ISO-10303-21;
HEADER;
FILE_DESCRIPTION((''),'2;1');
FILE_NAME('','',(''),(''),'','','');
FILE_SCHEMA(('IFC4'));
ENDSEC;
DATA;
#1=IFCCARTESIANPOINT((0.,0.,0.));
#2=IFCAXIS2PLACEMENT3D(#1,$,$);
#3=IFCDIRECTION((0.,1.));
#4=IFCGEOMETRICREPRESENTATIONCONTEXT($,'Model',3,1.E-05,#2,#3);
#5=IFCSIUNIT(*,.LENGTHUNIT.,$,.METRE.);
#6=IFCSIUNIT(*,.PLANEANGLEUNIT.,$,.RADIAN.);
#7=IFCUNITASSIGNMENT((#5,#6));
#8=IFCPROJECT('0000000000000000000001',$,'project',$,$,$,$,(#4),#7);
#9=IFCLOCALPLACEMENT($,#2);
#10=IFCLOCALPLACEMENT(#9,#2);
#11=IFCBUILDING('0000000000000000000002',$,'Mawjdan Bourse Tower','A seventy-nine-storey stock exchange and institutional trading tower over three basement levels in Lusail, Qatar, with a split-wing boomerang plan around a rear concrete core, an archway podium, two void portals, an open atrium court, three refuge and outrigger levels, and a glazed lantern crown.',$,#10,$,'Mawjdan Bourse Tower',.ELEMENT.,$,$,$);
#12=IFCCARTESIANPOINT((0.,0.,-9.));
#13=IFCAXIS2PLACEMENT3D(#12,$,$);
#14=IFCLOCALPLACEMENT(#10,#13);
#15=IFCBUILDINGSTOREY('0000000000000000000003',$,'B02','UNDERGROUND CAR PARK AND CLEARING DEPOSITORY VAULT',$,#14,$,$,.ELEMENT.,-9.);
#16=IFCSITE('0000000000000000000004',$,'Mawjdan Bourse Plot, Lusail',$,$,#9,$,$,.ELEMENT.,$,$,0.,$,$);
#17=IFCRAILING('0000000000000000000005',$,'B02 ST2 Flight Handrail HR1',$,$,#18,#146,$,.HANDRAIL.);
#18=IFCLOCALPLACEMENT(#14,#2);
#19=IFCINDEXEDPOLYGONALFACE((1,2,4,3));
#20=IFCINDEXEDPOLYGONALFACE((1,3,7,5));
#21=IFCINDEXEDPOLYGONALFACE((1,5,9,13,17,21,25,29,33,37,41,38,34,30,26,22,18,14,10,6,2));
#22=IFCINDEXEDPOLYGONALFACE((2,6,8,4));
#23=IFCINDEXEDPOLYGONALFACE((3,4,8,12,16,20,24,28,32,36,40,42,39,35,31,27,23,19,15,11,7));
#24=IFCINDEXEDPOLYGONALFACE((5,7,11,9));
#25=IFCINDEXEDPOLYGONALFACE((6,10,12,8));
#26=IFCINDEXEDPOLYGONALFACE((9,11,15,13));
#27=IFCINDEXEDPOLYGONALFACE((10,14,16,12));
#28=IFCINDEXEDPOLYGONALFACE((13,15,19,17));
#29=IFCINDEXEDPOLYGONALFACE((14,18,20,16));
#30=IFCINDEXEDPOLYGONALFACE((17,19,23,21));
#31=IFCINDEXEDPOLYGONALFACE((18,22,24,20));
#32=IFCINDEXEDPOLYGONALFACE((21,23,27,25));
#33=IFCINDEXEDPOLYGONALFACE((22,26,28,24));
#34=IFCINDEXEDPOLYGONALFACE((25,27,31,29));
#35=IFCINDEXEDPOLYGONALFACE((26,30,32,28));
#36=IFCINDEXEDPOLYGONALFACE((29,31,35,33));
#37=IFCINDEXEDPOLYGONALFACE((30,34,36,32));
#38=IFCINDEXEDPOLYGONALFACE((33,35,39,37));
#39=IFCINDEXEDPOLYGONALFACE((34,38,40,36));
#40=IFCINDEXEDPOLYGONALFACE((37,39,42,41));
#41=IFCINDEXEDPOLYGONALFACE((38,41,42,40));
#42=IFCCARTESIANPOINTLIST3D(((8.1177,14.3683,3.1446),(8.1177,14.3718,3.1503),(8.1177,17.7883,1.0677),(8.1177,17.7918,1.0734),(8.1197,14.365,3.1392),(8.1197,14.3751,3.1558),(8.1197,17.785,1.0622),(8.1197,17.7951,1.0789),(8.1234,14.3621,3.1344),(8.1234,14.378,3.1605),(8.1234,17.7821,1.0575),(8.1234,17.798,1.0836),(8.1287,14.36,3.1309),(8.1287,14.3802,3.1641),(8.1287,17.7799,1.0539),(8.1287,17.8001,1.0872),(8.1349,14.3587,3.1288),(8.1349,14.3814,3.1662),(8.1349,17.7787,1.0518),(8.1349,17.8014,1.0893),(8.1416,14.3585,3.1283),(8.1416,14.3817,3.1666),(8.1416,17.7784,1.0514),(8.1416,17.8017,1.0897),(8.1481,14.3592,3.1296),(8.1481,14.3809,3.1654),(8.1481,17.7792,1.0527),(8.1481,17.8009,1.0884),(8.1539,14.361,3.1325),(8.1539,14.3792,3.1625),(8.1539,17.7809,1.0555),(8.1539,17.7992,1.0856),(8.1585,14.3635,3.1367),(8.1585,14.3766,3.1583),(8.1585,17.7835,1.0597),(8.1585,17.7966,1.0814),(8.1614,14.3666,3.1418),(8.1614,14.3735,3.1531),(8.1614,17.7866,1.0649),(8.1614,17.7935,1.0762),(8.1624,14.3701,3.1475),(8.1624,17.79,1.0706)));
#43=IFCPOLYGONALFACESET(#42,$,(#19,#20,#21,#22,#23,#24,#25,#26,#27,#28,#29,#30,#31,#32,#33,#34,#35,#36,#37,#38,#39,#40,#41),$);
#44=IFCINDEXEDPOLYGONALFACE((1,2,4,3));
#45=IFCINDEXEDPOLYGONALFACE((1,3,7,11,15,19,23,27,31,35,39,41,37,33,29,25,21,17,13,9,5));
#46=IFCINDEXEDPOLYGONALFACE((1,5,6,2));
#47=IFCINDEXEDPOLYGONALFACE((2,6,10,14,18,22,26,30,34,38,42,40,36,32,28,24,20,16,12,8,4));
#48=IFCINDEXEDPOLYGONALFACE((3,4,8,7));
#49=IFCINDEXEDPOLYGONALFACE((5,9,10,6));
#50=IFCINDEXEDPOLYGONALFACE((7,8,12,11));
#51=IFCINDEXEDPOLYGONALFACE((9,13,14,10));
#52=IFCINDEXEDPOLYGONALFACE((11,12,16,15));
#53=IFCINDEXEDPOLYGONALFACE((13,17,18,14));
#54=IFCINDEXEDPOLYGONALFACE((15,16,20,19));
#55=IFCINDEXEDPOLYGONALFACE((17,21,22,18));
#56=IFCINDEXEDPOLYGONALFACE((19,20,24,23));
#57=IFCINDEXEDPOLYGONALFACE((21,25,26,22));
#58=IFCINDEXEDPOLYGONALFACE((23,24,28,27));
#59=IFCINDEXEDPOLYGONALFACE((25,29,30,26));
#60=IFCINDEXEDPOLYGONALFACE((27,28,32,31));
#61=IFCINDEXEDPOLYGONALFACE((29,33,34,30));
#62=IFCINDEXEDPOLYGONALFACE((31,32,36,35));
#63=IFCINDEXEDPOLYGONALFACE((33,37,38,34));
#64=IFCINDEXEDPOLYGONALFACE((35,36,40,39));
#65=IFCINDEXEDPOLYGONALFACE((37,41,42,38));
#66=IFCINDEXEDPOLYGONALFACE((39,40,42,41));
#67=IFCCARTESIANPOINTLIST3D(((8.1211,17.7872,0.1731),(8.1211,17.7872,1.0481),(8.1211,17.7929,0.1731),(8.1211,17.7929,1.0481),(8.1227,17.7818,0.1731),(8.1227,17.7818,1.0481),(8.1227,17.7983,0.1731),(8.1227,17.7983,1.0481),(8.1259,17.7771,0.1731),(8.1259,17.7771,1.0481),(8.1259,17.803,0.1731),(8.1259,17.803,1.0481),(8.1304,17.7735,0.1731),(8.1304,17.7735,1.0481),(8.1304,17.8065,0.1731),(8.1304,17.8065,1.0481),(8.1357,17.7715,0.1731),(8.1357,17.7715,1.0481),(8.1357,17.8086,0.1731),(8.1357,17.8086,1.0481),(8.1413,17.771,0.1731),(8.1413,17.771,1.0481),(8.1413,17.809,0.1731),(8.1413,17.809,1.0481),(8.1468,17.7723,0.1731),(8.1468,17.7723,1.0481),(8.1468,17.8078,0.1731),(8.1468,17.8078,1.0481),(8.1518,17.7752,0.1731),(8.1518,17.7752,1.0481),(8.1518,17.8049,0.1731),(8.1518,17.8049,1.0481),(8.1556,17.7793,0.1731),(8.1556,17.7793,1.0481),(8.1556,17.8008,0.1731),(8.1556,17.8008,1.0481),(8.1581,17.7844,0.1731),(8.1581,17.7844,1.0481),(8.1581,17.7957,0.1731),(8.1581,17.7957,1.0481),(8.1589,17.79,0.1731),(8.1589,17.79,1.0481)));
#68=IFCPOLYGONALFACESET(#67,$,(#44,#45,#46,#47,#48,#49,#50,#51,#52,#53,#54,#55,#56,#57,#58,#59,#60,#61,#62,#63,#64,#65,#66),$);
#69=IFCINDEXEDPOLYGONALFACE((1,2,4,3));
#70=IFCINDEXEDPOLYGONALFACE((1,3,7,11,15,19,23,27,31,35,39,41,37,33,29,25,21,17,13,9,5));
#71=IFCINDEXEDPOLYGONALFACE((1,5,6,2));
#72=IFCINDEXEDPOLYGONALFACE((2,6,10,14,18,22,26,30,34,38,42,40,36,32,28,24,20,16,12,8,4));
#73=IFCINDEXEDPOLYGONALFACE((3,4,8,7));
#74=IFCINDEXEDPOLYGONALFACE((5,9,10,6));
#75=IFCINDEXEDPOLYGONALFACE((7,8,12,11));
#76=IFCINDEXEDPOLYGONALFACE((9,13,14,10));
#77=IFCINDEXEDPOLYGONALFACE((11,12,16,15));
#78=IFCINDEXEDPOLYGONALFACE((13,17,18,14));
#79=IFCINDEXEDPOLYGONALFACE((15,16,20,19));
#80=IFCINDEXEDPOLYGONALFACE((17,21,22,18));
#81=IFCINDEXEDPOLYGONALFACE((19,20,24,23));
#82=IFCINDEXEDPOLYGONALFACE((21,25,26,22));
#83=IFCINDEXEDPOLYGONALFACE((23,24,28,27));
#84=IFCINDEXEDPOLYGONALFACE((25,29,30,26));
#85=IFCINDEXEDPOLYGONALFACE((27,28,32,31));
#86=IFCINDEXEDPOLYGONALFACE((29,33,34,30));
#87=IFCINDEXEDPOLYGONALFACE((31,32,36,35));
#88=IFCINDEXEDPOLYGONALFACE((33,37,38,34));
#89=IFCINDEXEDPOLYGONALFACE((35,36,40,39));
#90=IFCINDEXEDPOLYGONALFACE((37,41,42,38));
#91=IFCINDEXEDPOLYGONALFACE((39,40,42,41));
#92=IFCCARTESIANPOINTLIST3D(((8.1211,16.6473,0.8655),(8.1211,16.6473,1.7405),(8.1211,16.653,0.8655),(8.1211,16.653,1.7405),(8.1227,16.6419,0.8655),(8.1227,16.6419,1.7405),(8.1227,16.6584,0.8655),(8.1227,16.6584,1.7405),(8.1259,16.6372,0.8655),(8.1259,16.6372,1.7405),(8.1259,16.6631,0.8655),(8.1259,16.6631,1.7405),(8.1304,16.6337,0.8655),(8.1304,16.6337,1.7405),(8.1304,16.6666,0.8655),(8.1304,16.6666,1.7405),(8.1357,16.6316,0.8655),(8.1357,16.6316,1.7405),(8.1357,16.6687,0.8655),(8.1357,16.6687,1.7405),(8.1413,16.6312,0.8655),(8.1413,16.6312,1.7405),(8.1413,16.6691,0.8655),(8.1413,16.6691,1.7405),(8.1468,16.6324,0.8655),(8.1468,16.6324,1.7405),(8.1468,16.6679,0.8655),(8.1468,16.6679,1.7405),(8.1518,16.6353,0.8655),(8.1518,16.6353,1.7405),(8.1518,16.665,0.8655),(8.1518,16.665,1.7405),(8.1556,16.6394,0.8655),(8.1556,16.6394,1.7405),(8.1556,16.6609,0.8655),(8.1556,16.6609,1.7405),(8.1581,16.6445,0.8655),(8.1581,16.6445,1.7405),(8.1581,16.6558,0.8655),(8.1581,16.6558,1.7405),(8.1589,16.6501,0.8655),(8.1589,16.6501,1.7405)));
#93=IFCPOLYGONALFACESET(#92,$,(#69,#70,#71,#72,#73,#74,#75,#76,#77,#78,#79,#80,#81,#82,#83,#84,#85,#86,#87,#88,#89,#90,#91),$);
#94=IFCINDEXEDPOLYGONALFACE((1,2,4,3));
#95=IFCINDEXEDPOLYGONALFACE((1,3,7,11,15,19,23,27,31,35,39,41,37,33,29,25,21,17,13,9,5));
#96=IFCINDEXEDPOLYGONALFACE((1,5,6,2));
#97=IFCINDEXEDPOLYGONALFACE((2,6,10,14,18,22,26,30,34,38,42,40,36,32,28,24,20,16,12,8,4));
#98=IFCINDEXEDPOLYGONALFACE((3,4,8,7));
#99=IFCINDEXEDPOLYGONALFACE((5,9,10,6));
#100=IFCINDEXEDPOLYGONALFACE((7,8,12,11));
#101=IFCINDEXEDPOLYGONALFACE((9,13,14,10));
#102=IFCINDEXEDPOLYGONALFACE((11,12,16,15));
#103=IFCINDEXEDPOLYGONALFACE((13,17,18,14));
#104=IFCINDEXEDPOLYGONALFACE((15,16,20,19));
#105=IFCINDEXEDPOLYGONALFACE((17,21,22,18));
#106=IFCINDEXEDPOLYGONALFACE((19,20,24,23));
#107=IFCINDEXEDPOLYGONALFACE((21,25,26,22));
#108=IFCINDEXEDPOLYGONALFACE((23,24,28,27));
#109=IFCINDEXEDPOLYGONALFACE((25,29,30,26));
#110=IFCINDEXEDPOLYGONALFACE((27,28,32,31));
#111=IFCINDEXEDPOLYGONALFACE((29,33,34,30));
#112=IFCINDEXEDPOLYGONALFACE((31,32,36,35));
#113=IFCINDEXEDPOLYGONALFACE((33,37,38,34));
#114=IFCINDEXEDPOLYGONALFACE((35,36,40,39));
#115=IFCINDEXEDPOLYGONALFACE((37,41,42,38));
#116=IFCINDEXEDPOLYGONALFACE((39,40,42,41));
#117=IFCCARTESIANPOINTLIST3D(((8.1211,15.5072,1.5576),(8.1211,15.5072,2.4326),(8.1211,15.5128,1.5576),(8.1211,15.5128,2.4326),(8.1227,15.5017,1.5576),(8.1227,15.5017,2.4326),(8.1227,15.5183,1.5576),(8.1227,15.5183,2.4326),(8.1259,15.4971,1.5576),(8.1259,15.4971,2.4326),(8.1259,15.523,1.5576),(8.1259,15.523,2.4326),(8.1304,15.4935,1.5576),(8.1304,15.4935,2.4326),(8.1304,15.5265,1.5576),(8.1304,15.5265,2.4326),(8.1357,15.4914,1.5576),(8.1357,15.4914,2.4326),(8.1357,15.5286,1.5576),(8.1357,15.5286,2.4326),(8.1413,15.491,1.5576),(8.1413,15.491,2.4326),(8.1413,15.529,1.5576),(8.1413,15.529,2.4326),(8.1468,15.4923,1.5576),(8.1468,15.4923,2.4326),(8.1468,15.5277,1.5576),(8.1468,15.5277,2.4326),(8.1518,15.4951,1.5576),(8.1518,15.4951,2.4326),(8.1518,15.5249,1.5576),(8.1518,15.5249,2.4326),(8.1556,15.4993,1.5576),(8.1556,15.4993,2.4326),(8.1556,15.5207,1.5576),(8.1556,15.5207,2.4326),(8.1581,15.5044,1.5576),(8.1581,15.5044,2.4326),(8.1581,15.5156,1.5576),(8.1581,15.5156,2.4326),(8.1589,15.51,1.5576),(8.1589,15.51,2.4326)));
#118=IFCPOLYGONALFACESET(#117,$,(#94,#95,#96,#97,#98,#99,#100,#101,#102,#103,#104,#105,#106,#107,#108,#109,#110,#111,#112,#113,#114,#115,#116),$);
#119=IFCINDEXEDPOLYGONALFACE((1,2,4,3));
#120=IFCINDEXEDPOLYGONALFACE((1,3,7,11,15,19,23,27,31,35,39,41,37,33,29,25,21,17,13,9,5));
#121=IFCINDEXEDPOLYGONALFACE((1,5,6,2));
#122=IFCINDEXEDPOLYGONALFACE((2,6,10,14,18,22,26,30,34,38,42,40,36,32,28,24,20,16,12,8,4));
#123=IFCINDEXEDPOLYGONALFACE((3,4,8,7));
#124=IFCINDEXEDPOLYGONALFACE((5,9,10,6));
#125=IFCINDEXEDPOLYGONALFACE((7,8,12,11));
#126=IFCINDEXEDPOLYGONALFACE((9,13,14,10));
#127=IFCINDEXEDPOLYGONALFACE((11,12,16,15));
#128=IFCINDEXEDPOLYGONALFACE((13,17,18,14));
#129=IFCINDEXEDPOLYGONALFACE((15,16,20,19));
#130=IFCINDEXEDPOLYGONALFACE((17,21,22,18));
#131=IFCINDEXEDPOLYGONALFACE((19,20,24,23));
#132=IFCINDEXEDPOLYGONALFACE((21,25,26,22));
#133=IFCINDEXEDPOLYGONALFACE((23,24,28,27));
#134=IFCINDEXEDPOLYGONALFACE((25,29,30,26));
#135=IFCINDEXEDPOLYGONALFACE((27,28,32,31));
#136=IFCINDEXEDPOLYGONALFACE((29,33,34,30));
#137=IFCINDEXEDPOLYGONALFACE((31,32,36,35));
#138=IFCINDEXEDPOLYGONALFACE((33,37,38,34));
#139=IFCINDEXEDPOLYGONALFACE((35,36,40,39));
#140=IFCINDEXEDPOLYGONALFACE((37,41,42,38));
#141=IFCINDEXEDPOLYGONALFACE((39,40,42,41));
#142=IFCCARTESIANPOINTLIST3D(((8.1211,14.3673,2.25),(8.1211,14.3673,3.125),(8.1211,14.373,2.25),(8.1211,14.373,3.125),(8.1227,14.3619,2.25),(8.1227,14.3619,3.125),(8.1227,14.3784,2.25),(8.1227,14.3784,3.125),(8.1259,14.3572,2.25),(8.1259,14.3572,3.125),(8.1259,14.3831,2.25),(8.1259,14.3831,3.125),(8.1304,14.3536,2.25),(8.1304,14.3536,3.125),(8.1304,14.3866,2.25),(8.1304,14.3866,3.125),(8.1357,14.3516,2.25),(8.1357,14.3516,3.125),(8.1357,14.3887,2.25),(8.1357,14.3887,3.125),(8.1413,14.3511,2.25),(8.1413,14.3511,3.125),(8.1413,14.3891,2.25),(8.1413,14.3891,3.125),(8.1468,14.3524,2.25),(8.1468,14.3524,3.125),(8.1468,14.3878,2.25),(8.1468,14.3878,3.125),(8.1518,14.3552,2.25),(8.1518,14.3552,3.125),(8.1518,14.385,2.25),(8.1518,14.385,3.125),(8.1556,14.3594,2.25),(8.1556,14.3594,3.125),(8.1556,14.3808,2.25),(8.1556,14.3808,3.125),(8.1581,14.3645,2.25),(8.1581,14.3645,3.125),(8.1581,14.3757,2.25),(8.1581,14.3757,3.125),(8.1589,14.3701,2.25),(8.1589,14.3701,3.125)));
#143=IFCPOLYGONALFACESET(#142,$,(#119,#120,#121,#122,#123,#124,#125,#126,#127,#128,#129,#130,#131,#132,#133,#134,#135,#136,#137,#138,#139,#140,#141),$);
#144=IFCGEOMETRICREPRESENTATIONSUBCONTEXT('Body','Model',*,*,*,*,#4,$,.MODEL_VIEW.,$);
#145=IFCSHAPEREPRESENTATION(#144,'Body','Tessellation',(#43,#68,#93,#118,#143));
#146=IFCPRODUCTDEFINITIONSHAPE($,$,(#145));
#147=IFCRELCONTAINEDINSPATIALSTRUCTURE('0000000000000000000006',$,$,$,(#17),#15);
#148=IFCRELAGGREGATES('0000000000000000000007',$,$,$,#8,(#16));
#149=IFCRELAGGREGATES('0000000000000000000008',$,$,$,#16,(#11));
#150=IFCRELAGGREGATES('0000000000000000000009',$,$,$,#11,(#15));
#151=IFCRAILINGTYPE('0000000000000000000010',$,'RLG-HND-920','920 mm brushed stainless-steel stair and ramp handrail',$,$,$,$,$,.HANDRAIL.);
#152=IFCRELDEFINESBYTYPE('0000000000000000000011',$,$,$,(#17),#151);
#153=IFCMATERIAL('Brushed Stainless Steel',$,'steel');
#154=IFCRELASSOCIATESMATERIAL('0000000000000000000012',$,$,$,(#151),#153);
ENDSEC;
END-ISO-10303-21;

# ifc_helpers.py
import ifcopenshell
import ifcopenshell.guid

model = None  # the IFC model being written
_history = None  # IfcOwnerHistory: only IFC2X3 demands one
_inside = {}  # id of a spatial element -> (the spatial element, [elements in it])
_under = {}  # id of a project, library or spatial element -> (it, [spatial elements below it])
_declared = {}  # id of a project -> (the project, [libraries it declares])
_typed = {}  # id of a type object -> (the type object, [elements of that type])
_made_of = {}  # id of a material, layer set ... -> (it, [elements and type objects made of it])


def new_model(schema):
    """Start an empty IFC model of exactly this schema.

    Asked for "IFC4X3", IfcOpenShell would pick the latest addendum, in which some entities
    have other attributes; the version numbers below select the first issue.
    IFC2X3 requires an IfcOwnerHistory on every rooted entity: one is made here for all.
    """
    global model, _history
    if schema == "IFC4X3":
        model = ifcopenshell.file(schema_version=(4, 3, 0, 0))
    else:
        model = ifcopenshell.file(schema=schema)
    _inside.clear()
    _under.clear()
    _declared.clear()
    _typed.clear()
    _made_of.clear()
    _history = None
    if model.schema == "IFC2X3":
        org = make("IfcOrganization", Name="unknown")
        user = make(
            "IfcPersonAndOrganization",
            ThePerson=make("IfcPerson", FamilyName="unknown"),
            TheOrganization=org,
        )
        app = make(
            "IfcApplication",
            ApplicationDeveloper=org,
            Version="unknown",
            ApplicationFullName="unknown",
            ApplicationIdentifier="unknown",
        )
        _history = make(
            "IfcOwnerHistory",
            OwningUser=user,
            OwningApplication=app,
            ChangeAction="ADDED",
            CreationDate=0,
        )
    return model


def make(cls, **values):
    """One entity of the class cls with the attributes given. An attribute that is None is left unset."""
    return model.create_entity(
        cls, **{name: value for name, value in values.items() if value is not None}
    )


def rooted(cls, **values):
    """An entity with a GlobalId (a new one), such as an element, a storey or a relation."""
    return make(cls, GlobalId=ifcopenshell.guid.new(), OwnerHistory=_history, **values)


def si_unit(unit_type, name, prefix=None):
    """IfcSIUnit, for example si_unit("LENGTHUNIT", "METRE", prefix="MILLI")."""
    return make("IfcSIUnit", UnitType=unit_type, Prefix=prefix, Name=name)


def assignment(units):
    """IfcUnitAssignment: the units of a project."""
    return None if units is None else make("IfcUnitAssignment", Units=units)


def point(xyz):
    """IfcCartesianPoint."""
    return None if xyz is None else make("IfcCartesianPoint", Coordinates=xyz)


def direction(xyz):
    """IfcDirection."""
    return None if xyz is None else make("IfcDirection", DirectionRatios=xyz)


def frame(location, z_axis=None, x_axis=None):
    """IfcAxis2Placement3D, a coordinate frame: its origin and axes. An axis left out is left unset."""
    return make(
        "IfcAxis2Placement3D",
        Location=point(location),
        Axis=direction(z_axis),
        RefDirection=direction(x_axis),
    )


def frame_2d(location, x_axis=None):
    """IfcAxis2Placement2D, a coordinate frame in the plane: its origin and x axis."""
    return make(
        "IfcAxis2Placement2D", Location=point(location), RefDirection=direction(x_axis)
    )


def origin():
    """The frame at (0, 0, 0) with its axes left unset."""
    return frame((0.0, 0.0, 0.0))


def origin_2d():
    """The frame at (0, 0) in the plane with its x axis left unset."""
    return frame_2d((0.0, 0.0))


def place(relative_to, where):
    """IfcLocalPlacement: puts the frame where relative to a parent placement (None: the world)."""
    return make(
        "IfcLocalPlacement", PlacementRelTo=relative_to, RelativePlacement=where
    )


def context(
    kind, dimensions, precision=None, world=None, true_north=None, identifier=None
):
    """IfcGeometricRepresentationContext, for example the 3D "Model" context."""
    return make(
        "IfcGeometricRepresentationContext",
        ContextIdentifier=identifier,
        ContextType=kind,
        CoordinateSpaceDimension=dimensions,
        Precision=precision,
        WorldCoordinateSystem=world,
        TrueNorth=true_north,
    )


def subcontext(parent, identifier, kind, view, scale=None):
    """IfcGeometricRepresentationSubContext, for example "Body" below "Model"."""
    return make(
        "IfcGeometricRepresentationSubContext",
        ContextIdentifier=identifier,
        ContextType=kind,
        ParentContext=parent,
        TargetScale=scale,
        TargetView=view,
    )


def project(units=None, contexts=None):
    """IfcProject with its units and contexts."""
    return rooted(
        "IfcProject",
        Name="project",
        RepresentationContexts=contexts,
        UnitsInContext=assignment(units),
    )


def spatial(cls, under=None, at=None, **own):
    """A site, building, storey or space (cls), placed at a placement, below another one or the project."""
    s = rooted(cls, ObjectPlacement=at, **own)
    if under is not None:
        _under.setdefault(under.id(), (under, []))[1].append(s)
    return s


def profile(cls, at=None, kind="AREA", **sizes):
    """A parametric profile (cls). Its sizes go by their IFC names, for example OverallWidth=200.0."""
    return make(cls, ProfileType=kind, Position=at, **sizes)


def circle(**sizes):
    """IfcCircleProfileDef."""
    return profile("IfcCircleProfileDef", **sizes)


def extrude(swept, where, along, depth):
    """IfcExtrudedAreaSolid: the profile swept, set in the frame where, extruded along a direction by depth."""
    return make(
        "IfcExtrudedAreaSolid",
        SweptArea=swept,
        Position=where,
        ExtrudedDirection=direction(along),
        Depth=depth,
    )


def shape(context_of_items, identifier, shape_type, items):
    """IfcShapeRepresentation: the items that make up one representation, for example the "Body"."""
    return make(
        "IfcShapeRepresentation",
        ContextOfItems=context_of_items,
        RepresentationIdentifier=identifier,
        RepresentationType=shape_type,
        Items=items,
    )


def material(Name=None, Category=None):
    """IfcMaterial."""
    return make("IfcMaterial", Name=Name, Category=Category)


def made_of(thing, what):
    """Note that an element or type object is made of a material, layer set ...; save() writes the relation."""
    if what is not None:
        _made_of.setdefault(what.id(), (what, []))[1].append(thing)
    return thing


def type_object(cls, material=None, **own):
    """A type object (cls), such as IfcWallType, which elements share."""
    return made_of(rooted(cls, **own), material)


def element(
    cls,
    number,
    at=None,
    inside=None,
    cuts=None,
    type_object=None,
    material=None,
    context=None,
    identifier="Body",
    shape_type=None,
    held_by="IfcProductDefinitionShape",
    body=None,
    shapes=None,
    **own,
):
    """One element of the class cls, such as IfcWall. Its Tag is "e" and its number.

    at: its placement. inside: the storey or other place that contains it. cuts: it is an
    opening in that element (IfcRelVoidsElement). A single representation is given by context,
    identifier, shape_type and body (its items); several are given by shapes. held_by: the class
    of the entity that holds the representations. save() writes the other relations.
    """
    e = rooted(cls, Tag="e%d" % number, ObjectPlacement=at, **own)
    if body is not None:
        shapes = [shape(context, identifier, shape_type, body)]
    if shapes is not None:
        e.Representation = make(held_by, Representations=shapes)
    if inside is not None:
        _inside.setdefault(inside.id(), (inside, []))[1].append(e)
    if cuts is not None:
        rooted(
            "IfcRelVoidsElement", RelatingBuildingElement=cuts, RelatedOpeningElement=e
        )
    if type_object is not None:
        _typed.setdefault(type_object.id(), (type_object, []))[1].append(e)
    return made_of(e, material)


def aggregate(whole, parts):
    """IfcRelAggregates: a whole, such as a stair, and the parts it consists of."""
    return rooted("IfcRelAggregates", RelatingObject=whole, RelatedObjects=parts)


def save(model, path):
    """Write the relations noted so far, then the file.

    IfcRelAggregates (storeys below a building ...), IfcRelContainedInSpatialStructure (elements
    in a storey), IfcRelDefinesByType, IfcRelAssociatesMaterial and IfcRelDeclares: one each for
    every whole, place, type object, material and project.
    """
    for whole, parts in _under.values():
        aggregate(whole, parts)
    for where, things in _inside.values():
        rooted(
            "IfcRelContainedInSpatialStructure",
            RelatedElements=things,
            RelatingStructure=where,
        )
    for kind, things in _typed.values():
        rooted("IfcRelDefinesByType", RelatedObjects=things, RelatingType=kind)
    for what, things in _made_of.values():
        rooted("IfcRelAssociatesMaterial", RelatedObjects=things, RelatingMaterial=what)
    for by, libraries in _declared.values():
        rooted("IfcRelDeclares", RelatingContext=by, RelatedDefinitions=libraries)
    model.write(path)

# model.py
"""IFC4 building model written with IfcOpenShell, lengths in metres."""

from ifc_helpers import new_model, si_unit, direction, frame, origin, origin_2d, place, context, subcontext, project, spatial, circle, extrude, material, type_object, element, save


model = new_model("IFC4")

# Units and contexts
model_context = context("Model", 3, precision=1e-05, world=origin(), true_north=direction((0.0, 1.0)))
body_context = subcontext(model_context, "Body", "Model", "MODEL_VIEW")
ifc_project = project(units=[si_unit("LENGTHUNIT", "METRE"), si_unit("PLANEANGLEUNIT", "RADIAN")], contexts=[model_context])

# Site, building, storey
site_placement = place(None, origin())
site = spatial("IfcSite", under=ifc_project, at=site_placement, Name="Mawjdan Bourse Plot, Lusail", CompositionType="ELEMENT", RefElevation=0.0)
building_placement = place(site_placement, origin())
building = spatial("IfcBuilding", under=site, at=building_placement, Name="Mawjdan Bourse Tower", Description="A seventy-nine-storey stock exchange and institutional trading tower over three basement levels in Lusail, Qatar, with a split-wing boomerang plan around a rear concrete core, an archway podium, two void portals, an open atrium court, three refuge and outrigger levels, and a glazed lantern crown.", LongName="Mawjdan Bourse Tower", CompositionType="ELEMENT")
storey_placement = place(building_placement, frame((0.0, 0.0, -9.0)))
storey = spatial("IfcBuildingStorey", under=building, at=storey_placement, Name="B02", Description="UNDERGROUND CAR PARK AND CLEARING DEPOSITORY VAULT", CompositionType="ELEMENT", Elevation=-9.0)

# Railing
ifc_material_1 = material(Name="Brushed Stainless Steel", Category="steel")
railing_type_1 = type_object("IfcRailingType", Name="RLG-HND-920", Description="920 mm brushed stainless-steel stair and ramp handrail", PredefinedType="HANDRAIL", material=ifc_material_1)
for number, where, name in (
    (1, (8.1399, 17.79, 0.1731), "B02 ST2 Flight Handrail HR1"),
):
    element("IfcRailing", number, at=place(storey_placement, frame(where)), inside=storey, type_object=railing_type_1, Name=name, PredefinedType="HANDRAIL", context=body_context, shape_type="SweptSolid", body=[
        extrude(circle(Radius=0.0225, at=origin_2d()), frame((0.0, 0.0, 0.8975), z_axis=(0.0, -0.85473, 0.519074), x_axis=(1.0, 0.0, 0.0)), (0.0, 0.0, 1.0), 4.0012),
        extrude(circle(Radius=0.019, at=origin_2d()), origin(), (0.0, 0.0, 1.0), 0.875),
        extrude(circle(Radius=0.019, at=origin_2d()), frame((0.0, -1.1399, 0.6924)), (0.0, 0.0, 1.0), 0.875),
        extrude(circle(Radius=0.019, at=origin_2d()), frame((0.0, -2.28, 1.3845)), (0.0, 0.0, 1.0), 0.875),
        extrude(circle(Radius=0.019, at=origin_2d()), frame((0.0, -3.4199, 2.0769)), (0.0, 0.0, 1.0), 0.875),
    ])

save(model, "model.ifc")
